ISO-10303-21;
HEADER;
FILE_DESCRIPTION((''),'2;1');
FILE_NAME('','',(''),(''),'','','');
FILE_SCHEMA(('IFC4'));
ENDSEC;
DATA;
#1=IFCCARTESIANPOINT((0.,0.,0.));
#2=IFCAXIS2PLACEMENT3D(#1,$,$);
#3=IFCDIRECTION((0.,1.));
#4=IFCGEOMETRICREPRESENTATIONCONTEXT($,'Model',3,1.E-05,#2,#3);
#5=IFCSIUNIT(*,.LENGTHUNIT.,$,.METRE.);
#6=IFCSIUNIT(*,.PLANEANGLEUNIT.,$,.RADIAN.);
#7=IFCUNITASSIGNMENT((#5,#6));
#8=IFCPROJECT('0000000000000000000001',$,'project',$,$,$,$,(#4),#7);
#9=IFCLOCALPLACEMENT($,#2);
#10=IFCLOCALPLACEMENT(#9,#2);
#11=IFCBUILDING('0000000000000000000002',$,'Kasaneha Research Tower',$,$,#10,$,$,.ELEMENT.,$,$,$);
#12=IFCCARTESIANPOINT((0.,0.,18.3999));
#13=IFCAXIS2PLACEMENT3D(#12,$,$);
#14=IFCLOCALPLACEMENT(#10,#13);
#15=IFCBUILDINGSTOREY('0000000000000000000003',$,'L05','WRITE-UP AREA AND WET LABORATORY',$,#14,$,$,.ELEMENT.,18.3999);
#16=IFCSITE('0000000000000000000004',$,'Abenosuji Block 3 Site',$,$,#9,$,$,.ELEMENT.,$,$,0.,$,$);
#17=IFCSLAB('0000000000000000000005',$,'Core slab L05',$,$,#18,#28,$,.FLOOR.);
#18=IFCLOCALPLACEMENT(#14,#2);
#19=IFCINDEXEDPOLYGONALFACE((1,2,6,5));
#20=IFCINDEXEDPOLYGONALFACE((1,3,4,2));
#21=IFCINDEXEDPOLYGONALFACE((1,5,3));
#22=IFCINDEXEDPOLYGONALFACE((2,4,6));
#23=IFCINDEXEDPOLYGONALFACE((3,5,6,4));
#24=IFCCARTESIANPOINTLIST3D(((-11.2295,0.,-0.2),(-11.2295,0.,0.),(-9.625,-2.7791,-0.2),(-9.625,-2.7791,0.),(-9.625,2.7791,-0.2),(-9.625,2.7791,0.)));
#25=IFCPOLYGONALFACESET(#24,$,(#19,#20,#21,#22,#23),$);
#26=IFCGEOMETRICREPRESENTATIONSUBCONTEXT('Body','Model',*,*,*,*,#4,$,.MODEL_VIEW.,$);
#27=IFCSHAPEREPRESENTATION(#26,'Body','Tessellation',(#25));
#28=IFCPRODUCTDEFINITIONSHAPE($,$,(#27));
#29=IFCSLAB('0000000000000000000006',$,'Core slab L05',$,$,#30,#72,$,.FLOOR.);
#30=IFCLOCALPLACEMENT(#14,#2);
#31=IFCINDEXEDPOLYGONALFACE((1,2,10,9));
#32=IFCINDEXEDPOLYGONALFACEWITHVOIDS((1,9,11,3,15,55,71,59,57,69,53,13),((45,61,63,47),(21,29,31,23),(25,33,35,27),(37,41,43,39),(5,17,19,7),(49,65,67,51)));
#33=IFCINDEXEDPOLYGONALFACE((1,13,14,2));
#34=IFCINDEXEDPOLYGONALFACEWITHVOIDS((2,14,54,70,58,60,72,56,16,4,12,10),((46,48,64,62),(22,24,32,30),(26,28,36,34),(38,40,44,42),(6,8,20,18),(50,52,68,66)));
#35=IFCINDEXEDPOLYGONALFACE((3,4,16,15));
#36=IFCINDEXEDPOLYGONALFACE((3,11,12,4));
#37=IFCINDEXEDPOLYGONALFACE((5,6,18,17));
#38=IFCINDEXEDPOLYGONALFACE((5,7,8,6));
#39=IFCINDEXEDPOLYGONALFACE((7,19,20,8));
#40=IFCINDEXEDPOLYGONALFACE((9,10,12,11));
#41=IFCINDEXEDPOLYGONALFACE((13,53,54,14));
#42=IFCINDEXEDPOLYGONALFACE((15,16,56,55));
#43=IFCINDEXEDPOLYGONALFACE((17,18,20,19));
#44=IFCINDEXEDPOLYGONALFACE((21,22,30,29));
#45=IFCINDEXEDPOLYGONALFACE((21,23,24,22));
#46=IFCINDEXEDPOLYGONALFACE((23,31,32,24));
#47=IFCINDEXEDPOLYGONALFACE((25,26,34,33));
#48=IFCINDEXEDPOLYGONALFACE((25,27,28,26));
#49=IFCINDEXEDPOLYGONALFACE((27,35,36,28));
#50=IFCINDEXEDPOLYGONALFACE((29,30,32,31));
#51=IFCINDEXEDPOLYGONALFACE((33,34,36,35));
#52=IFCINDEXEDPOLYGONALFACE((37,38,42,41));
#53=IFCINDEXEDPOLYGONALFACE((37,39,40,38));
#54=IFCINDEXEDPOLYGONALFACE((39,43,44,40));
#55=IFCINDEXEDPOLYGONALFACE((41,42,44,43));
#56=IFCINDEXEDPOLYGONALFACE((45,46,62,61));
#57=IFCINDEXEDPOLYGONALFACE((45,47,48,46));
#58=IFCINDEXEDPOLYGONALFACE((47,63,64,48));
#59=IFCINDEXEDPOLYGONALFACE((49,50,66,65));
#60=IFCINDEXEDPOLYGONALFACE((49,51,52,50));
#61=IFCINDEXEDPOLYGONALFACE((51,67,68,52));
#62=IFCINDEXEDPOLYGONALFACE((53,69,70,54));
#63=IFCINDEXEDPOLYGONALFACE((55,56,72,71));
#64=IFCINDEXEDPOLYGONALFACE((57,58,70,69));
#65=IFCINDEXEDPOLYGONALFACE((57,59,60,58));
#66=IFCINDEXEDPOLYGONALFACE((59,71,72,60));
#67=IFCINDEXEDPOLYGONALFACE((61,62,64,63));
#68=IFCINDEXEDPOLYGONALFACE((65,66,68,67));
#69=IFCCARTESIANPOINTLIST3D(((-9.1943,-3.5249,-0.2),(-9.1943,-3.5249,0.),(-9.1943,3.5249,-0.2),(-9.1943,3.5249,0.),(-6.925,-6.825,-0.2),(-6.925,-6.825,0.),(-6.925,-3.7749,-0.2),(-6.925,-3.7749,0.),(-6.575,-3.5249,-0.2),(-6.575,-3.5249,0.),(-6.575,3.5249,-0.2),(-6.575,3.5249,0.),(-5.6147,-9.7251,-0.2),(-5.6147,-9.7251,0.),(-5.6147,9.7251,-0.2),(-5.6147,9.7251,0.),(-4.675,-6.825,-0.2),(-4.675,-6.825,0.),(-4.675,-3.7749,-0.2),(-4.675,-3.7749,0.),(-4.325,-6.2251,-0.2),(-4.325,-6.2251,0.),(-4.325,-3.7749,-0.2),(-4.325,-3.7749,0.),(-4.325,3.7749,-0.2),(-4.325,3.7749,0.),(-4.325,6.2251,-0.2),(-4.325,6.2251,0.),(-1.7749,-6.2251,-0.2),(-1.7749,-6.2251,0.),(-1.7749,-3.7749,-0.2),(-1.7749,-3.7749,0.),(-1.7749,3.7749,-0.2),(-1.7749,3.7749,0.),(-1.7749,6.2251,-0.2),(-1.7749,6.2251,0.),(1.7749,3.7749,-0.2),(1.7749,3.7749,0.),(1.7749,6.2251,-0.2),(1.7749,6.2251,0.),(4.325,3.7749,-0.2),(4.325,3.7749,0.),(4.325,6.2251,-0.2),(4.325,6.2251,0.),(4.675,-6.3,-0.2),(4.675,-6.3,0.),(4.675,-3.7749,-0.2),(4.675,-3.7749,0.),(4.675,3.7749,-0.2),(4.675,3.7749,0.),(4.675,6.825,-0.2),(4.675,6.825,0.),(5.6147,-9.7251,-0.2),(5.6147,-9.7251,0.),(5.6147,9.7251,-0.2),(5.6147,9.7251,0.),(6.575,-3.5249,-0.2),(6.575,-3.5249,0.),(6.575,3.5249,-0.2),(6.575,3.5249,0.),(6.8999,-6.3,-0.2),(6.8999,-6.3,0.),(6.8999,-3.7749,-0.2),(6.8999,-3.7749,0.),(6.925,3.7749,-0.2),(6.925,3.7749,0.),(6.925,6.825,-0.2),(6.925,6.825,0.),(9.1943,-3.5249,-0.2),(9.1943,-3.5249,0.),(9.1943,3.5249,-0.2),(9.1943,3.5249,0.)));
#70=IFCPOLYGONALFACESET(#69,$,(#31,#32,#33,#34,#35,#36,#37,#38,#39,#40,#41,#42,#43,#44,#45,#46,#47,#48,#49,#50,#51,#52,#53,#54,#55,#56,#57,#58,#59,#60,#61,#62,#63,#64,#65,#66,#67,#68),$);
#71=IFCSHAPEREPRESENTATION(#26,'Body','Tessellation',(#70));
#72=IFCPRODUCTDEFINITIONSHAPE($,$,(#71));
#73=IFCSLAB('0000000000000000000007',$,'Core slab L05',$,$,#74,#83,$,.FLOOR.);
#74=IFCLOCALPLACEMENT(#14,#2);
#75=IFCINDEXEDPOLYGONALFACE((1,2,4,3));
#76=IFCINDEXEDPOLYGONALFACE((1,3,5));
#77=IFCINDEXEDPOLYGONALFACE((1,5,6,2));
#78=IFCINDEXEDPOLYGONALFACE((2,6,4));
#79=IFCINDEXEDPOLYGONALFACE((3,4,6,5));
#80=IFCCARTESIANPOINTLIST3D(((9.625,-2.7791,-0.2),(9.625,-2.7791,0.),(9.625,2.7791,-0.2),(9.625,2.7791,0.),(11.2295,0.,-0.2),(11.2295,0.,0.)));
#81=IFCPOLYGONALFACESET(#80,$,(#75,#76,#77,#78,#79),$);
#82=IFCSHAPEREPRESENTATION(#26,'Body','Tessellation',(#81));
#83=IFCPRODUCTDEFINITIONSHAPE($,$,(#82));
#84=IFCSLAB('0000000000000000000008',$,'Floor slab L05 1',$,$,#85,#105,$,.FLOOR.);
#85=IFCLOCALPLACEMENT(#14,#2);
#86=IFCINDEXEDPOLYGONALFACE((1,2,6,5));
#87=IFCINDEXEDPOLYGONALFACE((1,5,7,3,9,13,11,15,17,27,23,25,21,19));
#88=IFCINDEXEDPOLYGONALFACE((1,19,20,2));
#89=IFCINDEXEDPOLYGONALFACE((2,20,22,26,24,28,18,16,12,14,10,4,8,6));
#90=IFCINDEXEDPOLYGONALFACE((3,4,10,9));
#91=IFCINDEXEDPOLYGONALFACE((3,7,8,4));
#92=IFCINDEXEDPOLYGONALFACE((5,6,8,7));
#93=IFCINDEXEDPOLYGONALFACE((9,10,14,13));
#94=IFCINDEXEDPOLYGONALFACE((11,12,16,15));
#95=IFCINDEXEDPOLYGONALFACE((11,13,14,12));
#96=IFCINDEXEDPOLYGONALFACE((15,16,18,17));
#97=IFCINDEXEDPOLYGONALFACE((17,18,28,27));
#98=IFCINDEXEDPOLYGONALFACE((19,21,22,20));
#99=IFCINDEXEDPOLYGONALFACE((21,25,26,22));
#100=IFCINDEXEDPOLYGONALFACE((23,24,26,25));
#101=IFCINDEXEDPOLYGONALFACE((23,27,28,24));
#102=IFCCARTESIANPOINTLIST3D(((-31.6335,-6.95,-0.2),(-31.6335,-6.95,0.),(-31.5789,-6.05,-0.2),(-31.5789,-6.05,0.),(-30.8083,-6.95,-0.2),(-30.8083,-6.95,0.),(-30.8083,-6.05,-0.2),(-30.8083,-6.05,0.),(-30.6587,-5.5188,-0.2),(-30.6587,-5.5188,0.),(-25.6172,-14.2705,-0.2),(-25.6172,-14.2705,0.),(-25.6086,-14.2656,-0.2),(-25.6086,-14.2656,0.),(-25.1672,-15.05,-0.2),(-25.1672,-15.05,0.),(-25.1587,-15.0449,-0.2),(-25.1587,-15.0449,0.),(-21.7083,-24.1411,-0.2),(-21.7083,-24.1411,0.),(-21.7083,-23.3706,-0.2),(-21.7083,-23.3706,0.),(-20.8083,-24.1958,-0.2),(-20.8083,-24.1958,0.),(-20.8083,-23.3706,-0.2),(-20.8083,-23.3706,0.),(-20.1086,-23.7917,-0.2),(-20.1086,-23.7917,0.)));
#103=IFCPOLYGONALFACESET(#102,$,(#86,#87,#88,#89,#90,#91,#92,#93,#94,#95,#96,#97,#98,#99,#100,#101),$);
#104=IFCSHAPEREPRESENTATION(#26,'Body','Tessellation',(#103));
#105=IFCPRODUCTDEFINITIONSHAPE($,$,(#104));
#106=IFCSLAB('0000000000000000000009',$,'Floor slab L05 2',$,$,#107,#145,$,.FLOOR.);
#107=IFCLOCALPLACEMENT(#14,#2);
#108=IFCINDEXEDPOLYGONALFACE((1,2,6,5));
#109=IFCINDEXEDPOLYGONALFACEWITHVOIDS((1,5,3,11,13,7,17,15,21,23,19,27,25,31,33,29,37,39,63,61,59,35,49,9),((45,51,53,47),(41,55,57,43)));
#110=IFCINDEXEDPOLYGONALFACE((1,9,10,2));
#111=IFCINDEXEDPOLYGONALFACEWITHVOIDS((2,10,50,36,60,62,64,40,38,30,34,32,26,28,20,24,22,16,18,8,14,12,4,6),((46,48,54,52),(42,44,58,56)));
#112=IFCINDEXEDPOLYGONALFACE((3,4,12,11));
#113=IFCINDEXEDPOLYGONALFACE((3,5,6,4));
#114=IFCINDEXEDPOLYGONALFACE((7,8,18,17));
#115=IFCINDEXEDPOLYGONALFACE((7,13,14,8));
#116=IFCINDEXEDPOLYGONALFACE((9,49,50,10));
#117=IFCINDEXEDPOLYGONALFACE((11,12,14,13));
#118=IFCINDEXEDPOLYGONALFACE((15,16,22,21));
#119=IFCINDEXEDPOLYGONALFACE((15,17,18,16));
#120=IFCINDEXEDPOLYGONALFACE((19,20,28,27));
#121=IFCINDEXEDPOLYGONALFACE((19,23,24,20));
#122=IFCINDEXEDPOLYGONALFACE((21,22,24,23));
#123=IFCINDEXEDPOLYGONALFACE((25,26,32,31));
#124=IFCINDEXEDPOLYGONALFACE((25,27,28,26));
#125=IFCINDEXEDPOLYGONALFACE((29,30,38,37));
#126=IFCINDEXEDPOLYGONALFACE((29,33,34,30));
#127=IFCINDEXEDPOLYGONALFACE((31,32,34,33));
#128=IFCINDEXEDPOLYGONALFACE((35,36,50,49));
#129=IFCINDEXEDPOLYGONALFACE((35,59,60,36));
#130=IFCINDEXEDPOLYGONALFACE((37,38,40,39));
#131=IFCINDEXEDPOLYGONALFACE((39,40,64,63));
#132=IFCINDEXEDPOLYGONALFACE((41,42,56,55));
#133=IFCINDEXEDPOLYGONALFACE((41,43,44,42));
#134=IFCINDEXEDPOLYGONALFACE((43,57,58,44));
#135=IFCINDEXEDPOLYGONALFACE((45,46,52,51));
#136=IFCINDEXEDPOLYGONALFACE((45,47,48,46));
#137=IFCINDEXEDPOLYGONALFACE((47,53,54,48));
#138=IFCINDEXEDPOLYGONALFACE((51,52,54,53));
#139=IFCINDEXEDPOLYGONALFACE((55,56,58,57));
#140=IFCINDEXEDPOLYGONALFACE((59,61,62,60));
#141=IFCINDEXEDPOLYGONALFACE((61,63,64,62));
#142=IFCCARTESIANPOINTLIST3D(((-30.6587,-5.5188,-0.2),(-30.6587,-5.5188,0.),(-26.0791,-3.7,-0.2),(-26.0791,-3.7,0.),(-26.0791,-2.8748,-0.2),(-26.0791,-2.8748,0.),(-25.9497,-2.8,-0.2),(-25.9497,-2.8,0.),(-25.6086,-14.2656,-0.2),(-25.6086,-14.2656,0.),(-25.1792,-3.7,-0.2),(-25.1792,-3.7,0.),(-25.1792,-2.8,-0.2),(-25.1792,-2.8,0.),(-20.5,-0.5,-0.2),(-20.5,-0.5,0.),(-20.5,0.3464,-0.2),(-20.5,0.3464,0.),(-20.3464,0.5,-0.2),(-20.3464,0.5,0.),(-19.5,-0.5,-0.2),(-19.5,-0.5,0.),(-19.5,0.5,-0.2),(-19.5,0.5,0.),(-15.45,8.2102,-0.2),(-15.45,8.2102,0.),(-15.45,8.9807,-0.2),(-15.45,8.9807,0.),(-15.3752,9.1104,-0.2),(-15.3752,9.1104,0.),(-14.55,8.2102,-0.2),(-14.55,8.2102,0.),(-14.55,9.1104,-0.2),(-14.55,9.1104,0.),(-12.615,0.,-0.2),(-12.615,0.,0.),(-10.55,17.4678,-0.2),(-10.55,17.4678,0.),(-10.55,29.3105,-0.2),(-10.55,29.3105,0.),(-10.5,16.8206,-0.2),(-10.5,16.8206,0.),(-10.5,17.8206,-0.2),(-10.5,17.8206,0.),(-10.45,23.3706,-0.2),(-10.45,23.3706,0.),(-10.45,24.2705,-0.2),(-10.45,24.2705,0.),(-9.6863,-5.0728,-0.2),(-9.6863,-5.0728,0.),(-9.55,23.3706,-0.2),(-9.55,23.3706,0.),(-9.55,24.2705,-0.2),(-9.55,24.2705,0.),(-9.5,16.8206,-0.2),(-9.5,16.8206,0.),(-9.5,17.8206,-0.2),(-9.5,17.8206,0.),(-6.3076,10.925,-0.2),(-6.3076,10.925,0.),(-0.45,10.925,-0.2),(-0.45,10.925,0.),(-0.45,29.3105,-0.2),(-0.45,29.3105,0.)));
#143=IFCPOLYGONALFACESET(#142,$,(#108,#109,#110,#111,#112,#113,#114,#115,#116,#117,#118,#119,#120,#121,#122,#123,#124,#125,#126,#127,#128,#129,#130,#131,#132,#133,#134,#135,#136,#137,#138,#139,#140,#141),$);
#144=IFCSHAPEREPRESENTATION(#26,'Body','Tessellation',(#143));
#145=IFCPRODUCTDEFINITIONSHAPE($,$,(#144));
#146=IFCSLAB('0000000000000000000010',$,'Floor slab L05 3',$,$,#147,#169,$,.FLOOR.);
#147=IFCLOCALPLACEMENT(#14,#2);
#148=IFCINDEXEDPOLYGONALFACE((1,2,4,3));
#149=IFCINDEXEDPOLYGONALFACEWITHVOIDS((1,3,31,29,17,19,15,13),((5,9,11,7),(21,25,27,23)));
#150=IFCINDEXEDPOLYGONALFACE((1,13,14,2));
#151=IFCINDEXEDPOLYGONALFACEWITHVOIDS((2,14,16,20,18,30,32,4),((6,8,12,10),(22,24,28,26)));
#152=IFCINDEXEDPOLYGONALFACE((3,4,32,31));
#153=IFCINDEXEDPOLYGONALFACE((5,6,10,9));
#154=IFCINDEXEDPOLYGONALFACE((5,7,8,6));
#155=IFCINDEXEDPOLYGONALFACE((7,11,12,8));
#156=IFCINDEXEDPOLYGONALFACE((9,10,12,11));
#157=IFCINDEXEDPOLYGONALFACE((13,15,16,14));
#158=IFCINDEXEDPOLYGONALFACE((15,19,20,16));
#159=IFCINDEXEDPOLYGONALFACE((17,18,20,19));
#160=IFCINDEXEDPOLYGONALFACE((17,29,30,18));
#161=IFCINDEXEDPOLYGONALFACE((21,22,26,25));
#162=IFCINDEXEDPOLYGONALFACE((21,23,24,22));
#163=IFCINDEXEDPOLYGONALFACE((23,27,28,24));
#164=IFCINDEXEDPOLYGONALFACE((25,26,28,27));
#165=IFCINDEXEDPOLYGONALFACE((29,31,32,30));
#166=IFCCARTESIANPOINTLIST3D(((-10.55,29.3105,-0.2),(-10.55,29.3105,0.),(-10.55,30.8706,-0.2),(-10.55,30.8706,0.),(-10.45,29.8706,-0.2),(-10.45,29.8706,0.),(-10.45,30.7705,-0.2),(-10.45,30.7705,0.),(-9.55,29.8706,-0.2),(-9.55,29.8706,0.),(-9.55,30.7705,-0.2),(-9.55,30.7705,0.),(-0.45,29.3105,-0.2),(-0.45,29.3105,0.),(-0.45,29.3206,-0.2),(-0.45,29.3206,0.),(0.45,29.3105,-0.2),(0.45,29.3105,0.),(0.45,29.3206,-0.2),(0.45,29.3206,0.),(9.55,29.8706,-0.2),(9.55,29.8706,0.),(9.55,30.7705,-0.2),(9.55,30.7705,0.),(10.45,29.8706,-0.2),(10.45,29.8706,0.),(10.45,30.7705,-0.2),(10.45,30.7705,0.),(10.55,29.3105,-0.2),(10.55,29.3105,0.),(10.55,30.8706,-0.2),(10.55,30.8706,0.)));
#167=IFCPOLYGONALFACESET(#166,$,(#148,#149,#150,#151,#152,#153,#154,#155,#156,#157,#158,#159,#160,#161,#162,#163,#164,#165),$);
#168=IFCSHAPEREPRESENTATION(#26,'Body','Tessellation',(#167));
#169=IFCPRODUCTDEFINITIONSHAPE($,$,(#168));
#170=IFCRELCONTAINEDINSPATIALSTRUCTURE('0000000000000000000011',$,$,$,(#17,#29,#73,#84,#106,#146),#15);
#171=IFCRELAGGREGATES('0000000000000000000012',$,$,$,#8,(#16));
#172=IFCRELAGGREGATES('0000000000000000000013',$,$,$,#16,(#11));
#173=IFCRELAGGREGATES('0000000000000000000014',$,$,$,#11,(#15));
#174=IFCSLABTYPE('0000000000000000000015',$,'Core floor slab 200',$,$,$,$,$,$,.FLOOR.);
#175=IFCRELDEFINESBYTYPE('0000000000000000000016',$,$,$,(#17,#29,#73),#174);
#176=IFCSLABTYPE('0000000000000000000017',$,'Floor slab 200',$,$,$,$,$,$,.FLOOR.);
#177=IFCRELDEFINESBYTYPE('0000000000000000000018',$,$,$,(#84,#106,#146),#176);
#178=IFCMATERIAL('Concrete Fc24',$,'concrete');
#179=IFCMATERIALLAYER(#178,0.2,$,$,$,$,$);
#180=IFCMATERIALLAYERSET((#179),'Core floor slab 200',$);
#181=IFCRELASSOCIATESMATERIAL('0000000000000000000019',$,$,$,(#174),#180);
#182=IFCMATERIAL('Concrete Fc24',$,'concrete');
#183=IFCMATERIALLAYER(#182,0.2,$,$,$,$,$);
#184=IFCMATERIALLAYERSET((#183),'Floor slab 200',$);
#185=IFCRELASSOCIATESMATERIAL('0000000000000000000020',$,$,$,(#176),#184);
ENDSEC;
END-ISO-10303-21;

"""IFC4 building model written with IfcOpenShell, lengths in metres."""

from ifc_helpers import new_model, si_unit, direction, frame, origin, place, context, subcontext, project, spatial, polyline, outline, extrude, material, layer, layer_set, type_object, element, save


model = new_model("IFC4")

# Units and contexts
model_context = context("Model", 3, precision=1e-05, world=origin(), true_north=direction((0.0, 1.0)))
body_context = subcontext(model_context, "Body", "Model", "MODEL_VIEW")
ifc_project = project(units=[si_unit("LENGTHUNIT", "METRE"), si_unit("PLANEANGLEUNIT", "RADIAN")], contexts=[model_context])

# Site, building, storey
site_placement = place(None, origin())
site = spatial("IfcSite", under=ifc_project, at=site_placement, Name="Abenosuji Block 3 Site", CompositionType="ELEMENT", RefElevation=0.0)
building_placement = place(site_placement, origin())
building = spatial("IfcBuilding", under=site, at=building_placement, Name="Kasaneha Research Tower", CompositionType="ELEMENT")
storey_placement = place(building_placement, frame((0.0, 0.0, 18.3999)))
storey = spatial("IfcBuildingStorey", under=building, at=storey_placement, Name="L05", Description="WRITE-UP AREA AND WET LABORATORY", CompositionType="ELEMENT", Elevation=18.3999)

# Slabs
ifc_material_1 = material(Name="Concrete Fc24", Category="concrete")
ifc_layer_1 = layer(ifc_material_1, 0.2)
ifc_layer_set_1 = layer_set([ifc_layer_1], Name="Core floor slab 200")
slab_type_1 = type_object("IfcSlabType", Name="Core floor slab 200", PredefinedType="FLOOR", material=ifc_layer_set_1)
slab_1_placement = place(storey_placement, frame((0.0, 0.0, -0.2)))
element("IfcSlab", 1, at=slab_1_placement, inside=storey, type_object=slab_type_1, Name="Core slab L05", PredefinedType="FLOOR", context=body_context, shape_type="SweptSolid", body=[
    extrude(outline(polyline([(-11.2295, 0.0), (-9.625, 2.7791), (-9.625, -2.7791), (-11.2295, 0.0)])), origin(), (0.0, 0.0, 1.0), 0.2),
])
slab_2_placement = place(storey_placement, frame((0.0, 0.0, -0.2)))
element("IfcSlab", 2, at=slab_2_placement, inside=storey, type_object=slab_type_1, Name="Core slab L05", PredefinedType="FLOOR", context=body_context, shape_type="SweptSolid", body=[
    extrude(outline(polyline([(-5.6147, 9.7251), (5.6147, 9.7251), (9.1943, 3.5249), (6.575, 3.5249), (6.575, -3.5249), (9.1943, -3.5249), (5.6147, -9.7251), (-5.6147, -9.7251), (-9.1943, -3.5249), (-6.575, -3.5249), (-6.575, 3.5249), (-9.1943, 3.5249), (-5.6147, 9.7251)]), holes=[polyline([(-6.925, -3.7749), (-6.925, -6.825), (-4.675, -6.825), (-4.675, -3.7749), (-6.925, -3.7749)]), polyline([(4.675, -3.7749), (4.675, -6.3), (6.8999, -6.3), (6.8999, -3.7749), (4.675, -3.7749)]), polyline([(-4.325, -3.7749), (-4.325, -6.2251), (-1.7749, -6.2251), (-1.7749, -3.7749), (-4.325, -3.7749)]), polyline([(-4.325, 6.2251), (-4.325, 3.7749), (-1.7749, 3.7749), (-1.7749, 6.2251), (-4.325, 6.2251)]), polyline([(1.7749, 6.2251), (1.7749, 3.7749), (4.325, 3.7749), (4.325, 6.2251), (1.7749, 6.2251)]), polyline([(4.675, 6.825), (4.675, 3.7749), (6.925, 3.7749), (6.925, 6.825), (4.675, 6.825)])]), origin(), (0.0, 0.0, 1.0), 0.2),
])
slab_3_placement = place(storey_placement, frame((0.0, 0.0, -0.2)))
element("IfcSlab", 3, at=slab_3_placement, inside=storey, type_object=slab_type_1, Name="Core slab L05", PredefinedType="FLOOR", context=body_context, shape_type="SweptSolid", body=[
    extrude(outline(polyline([(11.2295, 0.0), (9.625, -2.7791), (9.625, 2.7791), (11.2295, 0.0)])), origin(), (0.0, 0.0, 1.0), 0.2),
])
ifc_material_2 = material(Name="Concrete Fc24", Category="concrete")
ifc_layer_2 = layer(ifc_material_2, 0.2)
ifc_layer_set_2 = layer_set([ifc_layer_2], Name="Floor slab 200")
slab_type_2 = type_object("IfcSlabType", Name="Floor slab 200", PredefinedType="FLOOR", material=ifc_layer_set_2)
slab_4_placement = place(storey_placement, frame((0.0, 0.0, -0.2)))
element("IfcSlab", 4, at=slab_4_placement, inside=storey, type_object=slab_type_2, Name="Floor slab L05 1", PredefinedType="FLOOR", context=body_context, shape_type="SweptSolid", body=[
    extrude(outline(polyline([(-25.1672, -15.05), (-25.1587, -15.0449), (-20.1086, -23.7917), (-20.8083, -24.1958), (-20.8083, -23.3706), (-21.7083, -23.3706), (-21.7083, -24.1411), (-31.6335, -6.95), (-30.8083, -6.95), (-30.8083, -6.05), (-31.5789, -6.05), (-30.6587, -5.5188), (-25.6086, -14.2656), (-25.6172, -14.2705), (-25.1672, -15.05)])), origin(), (0.0, 0.0, 1.0), 0.2),
])
slab_5_placement = place(storey_placement, frame((0.0, 0.0, -0.2)))
element("IfcSlab", 5, at=slab_5_placement, inside=storey, type_object=slab_type_2, Name="Floor slab L05 2", PredefinedType="FLOOR", context=body_context, shape_type="SweptSolid", body=[
    extrude(outline(polyline([(-25.1792, -2.8), (-25.9497, -2.8), (-20.5, 0.3464), (-20.5, -0.5), (-19.5, -0.5), (-19.5, 0.5), (-20.3464, 0.5), (-15.45, 8.9807), (-15.45, 8.2102), (-14.55, 8.2102), (-14.55, 9.1104), (-15.3752, 9.1104), (-10.55, 17.4678), (-10.55, 29.3105), (-0.45, 29.3105), (-0.45, 10.925), (-6.3076, 10.925), (-12.615, 0.0), (-9.6863, -5.0728), (-25.6086, -14.2656), (-30.6587, -5.5188), (-26.0791, -2.8748), (-26.0791, -3.7), (-25.1792, -3.7), (-25.1792, -2.8)]), holes=[polyline([(-9.5, 16.8206), (-9.5, 17.8206), (-10.5, 17.8206), (-10.5, 16.8206), (-9.5, 16.8206)]), polyline([(-10.45, 23.3706), (-9.55, 23.3706), (-9.55, 24.2705), (-10.45, 24.2705), (-10.45, 23.3706)])]), origin(), (0.0, 0.0, 1.0), 0.2),
])
slab_6_placement = place(storey_placement, frame((0.0, 0.0, -0.2)))
element("IfcSlab", 6, at=slab_6_placement, inside=storey, type_object=slab_type_2, Name="Floor slab L05 3", PredefinedType="FLOOR", context=body_context, shape_type="SweptSolid", body=[
    extrude(outline(polyline([(10.55, 29.3105), (0.45, 29.3105), (0.45, 29.3206), (-0.45, 29.3206), (-0.45, 29.3105), (-10.55, 29.3105), (-10.55, 30.8706), (10.55, 30.8706), (10.55, 29.3105)]), holes=[polyline([(-9.55, 29.8706), (-9.55, 30.7705), (-10.45, 30.7705), (-10.45, 29.8706), (-9.55, 29.8706)]), polyline([(9.55, 29.8706), (10.45, 29.8706), (10.45, 30.7705), (9.55, 30.7705), (9.55, 29.8706)])]), origin(), (0.0, 0.0, 1.0), 0.2),
])

save(model, "model.ifc")
